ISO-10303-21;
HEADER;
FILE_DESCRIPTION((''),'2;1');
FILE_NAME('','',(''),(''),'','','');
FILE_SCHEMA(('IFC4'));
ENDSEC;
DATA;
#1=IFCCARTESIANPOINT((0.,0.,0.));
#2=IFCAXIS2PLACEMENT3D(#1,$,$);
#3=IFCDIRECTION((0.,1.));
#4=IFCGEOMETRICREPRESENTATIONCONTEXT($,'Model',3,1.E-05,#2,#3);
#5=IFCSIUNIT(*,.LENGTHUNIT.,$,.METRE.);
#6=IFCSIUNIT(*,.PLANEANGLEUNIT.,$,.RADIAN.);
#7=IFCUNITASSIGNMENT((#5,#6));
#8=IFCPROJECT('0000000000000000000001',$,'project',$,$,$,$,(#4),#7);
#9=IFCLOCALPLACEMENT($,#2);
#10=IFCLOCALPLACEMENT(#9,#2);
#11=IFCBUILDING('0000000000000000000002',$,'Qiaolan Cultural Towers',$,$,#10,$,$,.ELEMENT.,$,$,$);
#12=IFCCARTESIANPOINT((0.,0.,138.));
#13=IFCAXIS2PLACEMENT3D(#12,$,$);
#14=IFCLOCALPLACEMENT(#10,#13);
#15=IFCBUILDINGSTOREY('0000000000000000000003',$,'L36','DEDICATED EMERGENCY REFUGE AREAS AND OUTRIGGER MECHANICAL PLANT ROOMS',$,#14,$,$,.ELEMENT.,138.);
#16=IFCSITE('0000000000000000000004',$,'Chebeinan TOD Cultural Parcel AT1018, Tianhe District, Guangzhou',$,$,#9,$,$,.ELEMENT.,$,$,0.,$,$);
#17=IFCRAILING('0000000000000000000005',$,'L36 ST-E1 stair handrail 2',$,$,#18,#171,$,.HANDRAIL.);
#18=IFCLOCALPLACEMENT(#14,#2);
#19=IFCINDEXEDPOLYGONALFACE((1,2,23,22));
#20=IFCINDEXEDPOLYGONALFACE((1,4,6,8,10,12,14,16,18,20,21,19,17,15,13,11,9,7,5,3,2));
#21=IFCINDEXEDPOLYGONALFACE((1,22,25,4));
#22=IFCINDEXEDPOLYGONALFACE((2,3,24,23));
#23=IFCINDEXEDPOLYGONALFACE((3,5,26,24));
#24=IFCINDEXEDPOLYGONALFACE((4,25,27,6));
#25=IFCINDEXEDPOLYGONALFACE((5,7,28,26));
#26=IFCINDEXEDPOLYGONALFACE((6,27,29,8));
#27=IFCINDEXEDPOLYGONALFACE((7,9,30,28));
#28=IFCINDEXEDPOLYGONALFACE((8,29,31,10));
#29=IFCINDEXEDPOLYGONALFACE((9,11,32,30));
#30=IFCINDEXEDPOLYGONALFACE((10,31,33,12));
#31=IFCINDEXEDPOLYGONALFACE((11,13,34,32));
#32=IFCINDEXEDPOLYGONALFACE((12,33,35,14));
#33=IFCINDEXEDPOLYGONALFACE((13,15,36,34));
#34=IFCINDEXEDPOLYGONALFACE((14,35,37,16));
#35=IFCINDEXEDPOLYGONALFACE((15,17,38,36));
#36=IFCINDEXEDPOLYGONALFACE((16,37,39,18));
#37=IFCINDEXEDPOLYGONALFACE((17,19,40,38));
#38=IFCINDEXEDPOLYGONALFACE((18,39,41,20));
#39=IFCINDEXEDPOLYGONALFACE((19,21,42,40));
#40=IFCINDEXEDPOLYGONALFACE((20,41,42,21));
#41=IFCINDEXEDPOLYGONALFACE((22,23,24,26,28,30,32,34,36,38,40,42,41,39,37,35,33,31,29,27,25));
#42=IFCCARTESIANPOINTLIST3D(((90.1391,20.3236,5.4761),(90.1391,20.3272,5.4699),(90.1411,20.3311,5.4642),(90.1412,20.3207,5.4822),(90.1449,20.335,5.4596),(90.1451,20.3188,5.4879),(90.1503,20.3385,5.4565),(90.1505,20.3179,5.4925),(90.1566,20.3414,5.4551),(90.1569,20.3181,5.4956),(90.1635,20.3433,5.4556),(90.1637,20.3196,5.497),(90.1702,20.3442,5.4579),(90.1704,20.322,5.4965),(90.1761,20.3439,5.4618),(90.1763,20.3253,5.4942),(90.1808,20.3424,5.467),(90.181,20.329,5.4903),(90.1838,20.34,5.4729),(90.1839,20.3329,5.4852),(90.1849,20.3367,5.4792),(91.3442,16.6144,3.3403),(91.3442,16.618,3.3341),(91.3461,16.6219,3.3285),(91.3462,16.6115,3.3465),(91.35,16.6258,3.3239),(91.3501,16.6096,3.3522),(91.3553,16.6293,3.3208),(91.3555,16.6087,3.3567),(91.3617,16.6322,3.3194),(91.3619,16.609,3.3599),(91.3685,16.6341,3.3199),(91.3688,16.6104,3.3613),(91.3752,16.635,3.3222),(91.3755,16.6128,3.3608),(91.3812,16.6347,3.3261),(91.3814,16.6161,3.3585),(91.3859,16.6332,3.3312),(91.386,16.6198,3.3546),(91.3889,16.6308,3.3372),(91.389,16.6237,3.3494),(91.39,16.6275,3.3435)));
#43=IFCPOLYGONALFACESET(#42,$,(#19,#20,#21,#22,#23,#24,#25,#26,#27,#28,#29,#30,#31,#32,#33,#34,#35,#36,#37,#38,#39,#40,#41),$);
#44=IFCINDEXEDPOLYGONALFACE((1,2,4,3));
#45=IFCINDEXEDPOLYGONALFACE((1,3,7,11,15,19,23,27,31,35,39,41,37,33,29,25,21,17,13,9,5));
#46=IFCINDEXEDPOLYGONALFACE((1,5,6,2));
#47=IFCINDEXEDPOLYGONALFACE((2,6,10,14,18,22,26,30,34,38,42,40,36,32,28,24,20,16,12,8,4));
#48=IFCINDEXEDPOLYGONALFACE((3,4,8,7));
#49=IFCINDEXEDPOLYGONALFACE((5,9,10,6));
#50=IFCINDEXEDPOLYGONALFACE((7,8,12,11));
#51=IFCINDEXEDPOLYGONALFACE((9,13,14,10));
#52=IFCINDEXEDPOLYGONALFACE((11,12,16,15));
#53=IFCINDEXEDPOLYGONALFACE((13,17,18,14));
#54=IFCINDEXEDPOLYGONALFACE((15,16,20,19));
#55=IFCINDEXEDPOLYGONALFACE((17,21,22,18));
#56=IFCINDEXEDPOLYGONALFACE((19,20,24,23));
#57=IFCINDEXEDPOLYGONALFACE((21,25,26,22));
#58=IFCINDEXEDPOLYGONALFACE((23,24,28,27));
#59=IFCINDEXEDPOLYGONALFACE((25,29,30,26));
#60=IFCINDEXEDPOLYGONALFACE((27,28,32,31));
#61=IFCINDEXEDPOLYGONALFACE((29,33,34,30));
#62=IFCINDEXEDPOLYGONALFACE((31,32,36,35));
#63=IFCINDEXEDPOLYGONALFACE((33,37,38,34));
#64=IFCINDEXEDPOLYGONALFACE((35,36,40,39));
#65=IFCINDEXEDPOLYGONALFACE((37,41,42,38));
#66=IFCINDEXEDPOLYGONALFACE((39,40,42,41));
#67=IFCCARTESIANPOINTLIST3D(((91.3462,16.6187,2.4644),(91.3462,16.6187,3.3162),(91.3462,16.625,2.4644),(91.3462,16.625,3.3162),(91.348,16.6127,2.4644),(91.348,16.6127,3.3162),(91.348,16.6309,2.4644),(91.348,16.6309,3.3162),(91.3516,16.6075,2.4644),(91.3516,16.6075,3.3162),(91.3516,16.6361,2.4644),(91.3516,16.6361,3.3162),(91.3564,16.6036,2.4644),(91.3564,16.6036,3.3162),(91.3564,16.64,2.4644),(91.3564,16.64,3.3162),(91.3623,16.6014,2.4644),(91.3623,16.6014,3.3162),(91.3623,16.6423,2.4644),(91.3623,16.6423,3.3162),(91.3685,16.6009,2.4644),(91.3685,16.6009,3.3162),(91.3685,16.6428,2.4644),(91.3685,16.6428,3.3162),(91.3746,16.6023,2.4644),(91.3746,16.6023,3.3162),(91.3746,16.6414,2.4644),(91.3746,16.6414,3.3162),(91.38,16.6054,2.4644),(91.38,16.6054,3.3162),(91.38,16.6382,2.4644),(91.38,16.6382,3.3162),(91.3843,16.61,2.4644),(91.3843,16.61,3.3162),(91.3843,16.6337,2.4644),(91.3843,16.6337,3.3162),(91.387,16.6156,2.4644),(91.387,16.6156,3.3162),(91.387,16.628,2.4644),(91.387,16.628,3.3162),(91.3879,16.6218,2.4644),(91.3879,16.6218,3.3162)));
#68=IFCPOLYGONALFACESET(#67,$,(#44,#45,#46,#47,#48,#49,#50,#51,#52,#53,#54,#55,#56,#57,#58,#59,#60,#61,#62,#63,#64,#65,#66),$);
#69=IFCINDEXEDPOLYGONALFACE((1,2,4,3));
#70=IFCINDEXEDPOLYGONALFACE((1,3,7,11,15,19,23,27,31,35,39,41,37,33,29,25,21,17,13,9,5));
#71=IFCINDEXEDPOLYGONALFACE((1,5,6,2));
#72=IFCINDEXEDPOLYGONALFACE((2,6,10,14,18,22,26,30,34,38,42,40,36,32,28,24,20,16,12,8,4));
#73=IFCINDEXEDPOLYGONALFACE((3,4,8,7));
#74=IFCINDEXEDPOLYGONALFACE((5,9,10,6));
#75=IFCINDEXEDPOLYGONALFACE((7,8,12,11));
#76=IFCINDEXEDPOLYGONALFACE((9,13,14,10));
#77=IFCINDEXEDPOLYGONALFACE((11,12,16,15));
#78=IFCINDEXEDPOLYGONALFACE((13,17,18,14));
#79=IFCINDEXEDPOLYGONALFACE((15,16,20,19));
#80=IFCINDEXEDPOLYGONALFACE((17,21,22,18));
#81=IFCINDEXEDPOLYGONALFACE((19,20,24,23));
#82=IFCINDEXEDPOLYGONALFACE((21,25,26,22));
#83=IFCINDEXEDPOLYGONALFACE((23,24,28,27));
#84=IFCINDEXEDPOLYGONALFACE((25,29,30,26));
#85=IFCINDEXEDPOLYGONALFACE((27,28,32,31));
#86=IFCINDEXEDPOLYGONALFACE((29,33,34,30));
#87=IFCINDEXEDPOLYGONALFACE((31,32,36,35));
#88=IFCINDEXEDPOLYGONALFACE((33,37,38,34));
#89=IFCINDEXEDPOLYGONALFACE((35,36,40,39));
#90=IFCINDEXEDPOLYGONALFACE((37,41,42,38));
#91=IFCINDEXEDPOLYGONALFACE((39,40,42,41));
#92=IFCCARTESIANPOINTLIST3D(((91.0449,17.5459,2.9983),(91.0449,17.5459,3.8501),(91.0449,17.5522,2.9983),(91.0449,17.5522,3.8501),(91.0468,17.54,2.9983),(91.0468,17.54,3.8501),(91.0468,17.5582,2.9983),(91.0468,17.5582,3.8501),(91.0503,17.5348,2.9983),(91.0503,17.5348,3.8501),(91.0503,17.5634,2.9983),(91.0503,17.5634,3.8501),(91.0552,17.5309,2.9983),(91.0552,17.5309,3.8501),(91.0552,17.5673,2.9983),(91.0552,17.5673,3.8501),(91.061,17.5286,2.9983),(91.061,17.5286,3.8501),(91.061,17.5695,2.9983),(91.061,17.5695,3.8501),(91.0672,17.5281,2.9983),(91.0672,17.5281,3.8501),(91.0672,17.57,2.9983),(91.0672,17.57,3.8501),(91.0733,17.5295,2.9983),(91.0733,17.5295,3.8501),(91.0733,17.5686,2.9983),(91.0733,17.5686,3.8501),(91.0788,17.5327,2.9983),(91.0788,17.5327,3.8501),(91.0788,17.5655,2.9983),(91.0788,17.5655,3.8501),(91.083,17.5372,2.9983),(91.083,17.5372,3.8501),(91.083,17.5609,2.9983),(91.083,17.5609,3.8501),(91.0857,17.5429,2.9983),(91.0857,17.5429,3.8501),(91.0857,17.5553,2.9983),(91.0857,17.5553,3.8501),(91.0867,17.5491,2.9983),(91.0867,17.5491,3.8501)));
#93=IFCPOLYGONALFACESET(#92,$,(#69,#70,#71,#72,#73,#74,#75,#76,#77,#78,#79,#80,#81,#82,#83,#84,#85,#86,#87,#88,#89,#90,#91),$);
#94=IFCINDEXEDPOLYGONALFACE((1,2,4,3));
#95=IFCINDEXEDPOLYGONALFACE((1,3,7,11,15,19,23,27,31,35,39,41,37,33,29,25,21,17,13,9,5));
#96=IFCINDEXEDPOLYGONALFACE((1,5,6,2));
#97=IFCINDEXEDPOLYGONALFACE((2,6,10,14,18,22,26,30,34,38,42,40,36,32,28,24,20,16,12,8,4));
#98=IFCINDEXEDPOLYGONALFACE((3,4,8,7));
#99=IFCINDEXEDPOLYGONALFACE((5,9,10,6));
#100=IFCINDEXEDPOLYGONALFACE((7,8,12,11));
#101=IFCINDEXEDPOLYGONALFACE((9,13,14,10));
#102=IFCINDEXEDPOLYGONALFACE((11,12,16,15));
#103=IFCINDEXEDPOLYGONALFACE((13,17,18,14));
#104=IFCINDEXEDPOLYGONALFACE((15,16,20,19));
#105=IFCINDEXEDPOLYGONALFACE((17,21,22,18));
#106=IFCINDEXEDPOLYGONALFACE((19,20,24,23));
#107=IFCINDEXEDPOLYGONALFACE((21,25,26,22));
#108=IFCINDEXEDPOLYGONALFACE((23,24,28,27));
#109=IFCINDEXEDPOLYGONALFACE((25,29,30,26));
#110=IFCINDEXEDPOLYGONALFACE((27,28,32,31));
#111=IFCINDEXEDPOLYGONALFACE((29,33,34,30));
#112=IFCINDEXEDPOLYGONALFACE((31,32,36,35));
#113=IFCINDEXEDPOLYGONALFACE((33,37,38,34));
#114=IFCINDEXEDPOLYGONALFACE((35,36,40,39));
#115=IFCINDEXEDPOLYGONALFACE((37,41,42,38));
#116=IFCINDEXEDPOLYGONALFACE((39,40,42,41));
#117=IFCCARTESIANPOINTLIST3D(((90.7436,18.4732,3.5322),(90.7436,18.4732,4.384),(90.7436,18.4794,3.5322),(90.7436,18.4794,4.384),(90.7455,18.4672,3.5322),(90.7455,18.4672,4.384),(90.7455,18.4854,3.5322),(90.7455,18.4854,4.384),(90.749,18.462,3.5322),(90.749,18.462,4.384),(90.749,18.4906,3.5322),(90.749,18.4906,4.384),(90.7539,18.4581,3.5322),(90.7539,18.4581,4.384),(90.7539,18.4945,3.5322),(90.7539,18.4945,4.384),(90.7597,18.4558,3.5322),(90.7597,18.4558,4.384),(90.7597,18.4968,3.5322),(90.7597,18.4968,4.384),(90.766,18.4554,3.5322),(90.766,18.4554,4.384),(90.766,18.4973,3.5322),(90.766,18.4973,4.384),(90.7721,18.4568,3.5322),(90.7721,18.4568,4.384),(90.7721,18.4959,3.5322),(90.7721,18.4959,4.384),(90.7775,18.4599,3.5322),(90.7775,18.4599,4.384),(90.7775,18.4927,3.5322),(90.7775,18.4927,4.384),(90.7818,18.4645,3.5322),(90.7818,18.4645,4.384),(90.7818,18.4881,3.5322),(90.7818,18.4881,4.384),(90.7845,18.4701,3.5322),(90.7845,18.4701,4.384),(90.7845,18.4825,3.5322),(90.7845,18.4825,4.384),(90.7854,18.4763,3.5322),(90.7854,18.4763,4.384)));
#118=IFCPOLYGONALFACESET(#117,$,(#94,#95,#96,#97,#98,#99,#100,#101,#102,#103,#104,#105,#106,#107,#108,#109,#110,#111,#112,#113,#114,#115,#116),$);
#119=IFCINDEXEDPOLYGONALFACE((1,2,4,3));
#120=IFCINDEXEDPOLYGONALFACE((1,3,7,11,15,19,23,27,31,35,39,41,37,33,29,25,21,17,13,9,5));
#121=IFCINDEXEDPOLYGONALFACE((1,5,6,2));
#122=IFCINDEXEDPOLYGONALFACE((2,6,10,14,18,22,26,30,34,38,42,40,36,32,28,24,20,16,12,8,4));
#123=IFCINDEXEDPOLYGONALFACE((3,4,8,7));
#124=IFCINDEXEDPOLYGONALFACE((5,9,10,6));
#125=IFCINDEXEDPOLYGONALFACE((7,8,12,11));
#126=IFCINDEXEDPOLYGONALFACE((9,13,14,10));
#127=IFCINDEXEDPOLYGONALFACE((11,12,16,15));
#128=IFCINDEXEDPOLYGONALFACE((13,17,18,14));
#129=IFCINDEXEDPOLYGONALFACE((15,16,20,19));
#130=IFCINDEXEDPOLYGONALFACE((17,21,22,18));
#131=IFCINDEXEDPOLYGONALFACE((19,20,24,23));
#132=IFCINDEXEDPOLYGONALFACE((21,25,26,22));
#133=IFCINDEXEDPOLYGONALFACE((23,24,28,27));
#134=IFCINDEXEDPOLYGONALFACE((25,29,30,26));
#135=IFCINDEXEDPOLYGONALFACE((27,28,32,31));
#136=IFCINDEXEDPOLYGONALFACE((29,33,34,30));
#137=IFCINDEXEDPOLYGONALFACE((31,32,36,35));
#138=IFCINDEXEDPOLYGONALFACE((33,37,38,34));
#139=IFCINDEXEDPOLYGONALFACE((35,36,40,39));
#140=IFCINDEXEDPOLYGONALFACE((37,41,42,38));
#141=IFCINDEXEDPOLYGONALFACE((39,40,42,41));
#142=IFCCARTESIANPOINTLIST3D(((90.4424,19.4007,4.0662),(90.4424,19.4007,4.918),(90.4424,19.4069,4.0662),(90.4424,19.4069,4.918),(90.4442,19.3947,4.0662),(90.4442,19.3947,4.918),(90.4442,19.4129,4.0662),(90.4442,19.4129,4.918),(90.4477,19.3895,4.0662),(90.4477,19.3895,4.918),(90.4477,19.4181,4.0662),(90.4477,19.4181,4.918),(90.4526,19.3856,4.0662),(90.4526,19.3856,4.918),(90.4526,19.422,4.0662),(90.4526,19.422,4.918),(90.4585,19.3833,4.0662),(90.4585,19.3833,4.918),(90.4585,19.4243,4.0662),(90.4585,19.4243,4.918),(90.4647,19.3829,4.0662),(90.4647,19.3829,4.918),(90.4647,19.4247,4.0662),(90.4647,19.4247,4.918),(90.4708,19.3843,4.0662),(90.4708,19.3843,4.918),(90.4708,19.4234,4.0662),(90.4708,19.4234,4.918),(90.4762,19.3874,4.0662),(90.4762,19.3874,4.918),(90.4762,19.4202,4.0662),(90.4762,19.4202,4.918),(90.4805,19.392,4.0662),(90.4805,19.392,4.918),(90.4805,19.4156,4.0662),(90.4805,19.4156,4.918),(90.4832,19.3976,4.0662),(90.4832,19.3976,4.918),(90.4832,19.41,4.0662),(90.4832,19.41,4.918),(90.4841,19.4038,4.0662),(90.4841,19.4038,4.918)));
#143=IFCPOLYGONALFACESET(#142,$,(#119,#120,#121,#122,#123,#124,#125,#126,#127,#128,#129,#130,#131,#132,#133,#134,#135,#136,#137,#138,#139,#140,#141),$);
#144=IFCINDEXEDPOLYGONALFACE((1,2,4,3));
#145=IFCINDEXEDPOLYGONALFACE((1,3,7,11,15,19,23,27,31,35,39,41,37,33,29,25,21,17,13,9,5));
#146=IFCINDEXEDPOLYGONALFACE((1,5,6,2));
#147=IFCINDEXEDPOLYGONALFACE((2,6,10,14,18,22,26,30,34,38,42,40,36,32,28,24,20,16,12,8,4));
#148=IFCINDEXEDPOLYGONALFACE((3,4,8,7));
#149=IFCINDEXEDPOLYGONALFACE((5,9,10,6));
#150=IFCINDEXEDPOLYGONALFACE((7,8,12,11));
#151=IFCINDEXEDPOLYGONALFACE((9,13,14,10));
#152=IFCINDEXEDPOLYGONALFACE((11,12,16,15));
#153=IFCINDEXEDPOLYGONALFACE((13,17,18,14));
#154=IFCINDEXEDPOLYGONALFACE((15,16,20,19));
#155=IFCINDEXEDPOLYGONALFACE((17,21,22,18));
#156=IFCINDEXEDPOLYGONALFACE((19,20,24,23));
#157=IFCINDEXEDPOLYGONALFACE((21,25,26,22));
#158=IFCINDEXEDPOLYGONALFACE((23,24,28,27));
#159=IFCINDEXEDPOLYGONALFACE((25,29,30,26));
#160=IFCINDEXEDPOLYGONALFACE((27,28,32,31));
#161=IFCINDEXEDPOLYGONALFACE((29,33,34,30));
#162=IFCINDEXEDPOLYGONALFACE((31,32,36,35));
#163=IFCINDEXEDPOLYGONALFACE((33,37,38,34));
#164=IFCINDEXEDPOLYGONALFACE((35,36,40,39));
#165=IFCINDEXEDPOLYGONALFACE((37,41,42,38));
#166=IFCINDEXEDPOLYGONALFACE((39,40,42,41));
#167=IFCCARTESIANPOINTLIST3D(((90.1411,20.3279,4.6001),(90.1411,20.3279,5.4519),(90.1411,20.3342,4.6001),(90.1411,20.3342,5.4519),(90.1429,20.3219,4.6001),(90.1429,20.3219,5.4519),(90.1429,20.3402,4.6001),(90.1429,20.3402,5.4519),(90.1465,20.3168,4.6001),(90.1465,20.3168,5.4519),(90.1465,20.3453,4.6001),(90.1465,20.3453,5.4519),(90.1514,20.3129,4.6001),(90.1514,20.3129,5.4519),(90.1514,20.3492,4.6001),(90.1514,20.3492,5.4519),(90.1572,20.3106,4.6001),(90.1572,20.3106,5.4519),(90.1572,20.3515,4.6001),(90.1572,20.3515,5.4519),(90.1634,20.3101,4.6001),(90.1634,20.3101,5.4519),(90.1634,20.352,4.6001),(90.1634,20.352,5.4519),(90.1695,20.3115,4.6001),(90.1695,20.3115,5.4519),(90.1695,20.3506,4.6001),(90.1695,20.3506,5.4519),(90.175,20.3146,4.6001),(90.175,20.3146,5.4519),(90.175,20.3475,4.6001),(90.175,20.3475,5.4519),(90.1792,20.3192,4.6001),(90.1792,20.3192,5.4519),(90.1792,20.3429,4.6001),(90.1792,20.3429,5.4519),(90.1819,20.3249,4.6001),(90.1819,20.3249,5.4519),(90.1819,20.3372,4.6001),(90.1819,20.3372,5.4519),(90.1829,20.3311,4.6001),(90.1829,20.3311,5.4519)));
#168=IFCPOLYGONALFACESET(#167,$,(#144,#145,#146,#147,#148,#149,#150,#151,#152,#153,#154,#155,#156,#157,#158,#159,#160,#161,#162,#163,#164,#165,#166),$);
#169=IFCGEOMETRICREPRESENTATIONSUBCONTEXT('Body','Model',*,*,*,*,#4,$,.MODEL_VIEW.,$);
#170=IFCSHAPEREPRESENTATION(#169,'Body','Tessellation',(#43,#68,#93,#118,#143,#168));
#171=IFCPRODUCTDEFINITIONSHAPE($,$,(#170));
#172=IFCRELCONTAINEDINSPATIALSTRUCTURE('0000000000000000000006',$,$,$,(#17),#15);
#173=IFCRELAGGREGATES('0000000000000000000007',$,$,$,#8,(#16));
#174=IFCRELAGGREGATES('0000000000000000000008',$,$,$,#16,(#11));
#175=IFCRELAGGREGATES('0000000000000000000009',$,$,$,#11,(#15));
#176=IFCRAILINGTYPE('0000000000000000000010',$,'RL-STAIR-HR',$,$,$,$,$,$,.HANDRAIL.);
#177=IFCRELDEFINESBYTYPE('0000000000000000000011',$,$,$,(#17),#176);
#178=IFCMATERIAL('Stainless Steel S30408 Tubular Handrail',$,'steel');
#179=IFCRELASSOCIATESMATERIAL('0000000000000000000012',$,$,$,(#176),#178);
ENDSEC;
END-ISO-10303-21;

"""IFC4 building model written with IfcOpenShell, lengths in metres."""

from ifc_helpers import new_model, si_unit, direction, frame, origin, origin_2d, place, context, subcontext, project, spatial, circle, extrude, material, type_object, element, save


model = new_model("IFC4")

# Units and contexts
model_context = context("Model", 3, precision=1e-05, world=origin(), true_north=direction((0.0, 1.0)))
body_context = subcontext(model_context, "Body", "Model", "MODEL_VIEW")
ifc_project = project(units=[si_unit("LENGTHUNIT", "METRE"), si_unit("PLANEANGLEUNIT", "RADIAN")], contexts=[model_context])

# Site, building, storey
site_placement = place(None, origin())
site = spatial("IfcSite", under=ifc_project, at=site_placement, Name="Chebeinan TOD Cultural Parcel AT1018, Tianhe District, Guangzhou", CompositionType="ELEMENT", RefElevation=0.0)
building_placement = place(site_placement, origin())
building = spatial("IfcBuilding", under=site, at=building_placement, Name="Qiaolan Cultural Towers", CompositionType="ELEMENT")
storey_placement = place(building_placement, frame((0.0, 0.0, 138.0)))
storey = spatial("IfcBuildingStorey", under=building, at=storey_placement, Name="L36", Description="DEDICATED EMERGENCY REFUGE AREAS AND OUTRIGGER MECHANICAL PLANT ROOMS", CompositionType="ELEMENT", Elevation=138.0)

# Railing
ifc_material_1 = material(Name="Stainless Steel S30408 Tubular Handrail", Category="steel")
railing_type_1 = type_object("IfcRailingType", Name="RL-STAIR-HR", PredefinedType="HANDRAIL", material=ifc_material_1)
railing_1_placement = place(storey_placement, frame((91.3669, 16.6218, 2.4644)))
element("IfcRailing", 1, at=railing_1_placement, inside=storey, type_object=railing_type_1, Name="L36 ST-E1 stair handrail 2", PredefinedType="HANDRAIL", context=body_context, shape_type="SweptSolid", body=[
    extrude(circle(Radius=0.0239, at=origin_2d()), frame((0.0, 0.0, 0.876), z_axis=(-0.271013, 0.834177, 0.480312), x_axis=(-0.951066, -0.308988, 0.0)), (0.0, 0.0, 1.0), 4.4465),
    extrude(circle(Radius=0.021, at=origin_2d()), origin(), (0.0, 0.0, 1.0), 0.8518),
    extrude(circle(Radius=0.021, at=origin_2d()), frame((-0.3013, 0.9272, 0.5339)), (0.0, 0.0, 1.0), 0.8518),
    extrude(circle(Radius=0.021, at=origin_2d()), frame((-0.6025, 1.8545, 1.0679)), (0.0, 0.0, 1.0), 0.8518),
    extrude(circle(Radius=0.021, at=origin_2d()), frame((-0.9038, 2.782, 1.6018)), (0.0, 0.0, 1.0), 0.8518),
    extrude(circle(Radius=0.021, at=origin_2d()), frame((-1.2051, 3.7092, 2.1357)), (0.0, 0.0, 1.0), 0.8518),
])

save(model, "model.ifc")
